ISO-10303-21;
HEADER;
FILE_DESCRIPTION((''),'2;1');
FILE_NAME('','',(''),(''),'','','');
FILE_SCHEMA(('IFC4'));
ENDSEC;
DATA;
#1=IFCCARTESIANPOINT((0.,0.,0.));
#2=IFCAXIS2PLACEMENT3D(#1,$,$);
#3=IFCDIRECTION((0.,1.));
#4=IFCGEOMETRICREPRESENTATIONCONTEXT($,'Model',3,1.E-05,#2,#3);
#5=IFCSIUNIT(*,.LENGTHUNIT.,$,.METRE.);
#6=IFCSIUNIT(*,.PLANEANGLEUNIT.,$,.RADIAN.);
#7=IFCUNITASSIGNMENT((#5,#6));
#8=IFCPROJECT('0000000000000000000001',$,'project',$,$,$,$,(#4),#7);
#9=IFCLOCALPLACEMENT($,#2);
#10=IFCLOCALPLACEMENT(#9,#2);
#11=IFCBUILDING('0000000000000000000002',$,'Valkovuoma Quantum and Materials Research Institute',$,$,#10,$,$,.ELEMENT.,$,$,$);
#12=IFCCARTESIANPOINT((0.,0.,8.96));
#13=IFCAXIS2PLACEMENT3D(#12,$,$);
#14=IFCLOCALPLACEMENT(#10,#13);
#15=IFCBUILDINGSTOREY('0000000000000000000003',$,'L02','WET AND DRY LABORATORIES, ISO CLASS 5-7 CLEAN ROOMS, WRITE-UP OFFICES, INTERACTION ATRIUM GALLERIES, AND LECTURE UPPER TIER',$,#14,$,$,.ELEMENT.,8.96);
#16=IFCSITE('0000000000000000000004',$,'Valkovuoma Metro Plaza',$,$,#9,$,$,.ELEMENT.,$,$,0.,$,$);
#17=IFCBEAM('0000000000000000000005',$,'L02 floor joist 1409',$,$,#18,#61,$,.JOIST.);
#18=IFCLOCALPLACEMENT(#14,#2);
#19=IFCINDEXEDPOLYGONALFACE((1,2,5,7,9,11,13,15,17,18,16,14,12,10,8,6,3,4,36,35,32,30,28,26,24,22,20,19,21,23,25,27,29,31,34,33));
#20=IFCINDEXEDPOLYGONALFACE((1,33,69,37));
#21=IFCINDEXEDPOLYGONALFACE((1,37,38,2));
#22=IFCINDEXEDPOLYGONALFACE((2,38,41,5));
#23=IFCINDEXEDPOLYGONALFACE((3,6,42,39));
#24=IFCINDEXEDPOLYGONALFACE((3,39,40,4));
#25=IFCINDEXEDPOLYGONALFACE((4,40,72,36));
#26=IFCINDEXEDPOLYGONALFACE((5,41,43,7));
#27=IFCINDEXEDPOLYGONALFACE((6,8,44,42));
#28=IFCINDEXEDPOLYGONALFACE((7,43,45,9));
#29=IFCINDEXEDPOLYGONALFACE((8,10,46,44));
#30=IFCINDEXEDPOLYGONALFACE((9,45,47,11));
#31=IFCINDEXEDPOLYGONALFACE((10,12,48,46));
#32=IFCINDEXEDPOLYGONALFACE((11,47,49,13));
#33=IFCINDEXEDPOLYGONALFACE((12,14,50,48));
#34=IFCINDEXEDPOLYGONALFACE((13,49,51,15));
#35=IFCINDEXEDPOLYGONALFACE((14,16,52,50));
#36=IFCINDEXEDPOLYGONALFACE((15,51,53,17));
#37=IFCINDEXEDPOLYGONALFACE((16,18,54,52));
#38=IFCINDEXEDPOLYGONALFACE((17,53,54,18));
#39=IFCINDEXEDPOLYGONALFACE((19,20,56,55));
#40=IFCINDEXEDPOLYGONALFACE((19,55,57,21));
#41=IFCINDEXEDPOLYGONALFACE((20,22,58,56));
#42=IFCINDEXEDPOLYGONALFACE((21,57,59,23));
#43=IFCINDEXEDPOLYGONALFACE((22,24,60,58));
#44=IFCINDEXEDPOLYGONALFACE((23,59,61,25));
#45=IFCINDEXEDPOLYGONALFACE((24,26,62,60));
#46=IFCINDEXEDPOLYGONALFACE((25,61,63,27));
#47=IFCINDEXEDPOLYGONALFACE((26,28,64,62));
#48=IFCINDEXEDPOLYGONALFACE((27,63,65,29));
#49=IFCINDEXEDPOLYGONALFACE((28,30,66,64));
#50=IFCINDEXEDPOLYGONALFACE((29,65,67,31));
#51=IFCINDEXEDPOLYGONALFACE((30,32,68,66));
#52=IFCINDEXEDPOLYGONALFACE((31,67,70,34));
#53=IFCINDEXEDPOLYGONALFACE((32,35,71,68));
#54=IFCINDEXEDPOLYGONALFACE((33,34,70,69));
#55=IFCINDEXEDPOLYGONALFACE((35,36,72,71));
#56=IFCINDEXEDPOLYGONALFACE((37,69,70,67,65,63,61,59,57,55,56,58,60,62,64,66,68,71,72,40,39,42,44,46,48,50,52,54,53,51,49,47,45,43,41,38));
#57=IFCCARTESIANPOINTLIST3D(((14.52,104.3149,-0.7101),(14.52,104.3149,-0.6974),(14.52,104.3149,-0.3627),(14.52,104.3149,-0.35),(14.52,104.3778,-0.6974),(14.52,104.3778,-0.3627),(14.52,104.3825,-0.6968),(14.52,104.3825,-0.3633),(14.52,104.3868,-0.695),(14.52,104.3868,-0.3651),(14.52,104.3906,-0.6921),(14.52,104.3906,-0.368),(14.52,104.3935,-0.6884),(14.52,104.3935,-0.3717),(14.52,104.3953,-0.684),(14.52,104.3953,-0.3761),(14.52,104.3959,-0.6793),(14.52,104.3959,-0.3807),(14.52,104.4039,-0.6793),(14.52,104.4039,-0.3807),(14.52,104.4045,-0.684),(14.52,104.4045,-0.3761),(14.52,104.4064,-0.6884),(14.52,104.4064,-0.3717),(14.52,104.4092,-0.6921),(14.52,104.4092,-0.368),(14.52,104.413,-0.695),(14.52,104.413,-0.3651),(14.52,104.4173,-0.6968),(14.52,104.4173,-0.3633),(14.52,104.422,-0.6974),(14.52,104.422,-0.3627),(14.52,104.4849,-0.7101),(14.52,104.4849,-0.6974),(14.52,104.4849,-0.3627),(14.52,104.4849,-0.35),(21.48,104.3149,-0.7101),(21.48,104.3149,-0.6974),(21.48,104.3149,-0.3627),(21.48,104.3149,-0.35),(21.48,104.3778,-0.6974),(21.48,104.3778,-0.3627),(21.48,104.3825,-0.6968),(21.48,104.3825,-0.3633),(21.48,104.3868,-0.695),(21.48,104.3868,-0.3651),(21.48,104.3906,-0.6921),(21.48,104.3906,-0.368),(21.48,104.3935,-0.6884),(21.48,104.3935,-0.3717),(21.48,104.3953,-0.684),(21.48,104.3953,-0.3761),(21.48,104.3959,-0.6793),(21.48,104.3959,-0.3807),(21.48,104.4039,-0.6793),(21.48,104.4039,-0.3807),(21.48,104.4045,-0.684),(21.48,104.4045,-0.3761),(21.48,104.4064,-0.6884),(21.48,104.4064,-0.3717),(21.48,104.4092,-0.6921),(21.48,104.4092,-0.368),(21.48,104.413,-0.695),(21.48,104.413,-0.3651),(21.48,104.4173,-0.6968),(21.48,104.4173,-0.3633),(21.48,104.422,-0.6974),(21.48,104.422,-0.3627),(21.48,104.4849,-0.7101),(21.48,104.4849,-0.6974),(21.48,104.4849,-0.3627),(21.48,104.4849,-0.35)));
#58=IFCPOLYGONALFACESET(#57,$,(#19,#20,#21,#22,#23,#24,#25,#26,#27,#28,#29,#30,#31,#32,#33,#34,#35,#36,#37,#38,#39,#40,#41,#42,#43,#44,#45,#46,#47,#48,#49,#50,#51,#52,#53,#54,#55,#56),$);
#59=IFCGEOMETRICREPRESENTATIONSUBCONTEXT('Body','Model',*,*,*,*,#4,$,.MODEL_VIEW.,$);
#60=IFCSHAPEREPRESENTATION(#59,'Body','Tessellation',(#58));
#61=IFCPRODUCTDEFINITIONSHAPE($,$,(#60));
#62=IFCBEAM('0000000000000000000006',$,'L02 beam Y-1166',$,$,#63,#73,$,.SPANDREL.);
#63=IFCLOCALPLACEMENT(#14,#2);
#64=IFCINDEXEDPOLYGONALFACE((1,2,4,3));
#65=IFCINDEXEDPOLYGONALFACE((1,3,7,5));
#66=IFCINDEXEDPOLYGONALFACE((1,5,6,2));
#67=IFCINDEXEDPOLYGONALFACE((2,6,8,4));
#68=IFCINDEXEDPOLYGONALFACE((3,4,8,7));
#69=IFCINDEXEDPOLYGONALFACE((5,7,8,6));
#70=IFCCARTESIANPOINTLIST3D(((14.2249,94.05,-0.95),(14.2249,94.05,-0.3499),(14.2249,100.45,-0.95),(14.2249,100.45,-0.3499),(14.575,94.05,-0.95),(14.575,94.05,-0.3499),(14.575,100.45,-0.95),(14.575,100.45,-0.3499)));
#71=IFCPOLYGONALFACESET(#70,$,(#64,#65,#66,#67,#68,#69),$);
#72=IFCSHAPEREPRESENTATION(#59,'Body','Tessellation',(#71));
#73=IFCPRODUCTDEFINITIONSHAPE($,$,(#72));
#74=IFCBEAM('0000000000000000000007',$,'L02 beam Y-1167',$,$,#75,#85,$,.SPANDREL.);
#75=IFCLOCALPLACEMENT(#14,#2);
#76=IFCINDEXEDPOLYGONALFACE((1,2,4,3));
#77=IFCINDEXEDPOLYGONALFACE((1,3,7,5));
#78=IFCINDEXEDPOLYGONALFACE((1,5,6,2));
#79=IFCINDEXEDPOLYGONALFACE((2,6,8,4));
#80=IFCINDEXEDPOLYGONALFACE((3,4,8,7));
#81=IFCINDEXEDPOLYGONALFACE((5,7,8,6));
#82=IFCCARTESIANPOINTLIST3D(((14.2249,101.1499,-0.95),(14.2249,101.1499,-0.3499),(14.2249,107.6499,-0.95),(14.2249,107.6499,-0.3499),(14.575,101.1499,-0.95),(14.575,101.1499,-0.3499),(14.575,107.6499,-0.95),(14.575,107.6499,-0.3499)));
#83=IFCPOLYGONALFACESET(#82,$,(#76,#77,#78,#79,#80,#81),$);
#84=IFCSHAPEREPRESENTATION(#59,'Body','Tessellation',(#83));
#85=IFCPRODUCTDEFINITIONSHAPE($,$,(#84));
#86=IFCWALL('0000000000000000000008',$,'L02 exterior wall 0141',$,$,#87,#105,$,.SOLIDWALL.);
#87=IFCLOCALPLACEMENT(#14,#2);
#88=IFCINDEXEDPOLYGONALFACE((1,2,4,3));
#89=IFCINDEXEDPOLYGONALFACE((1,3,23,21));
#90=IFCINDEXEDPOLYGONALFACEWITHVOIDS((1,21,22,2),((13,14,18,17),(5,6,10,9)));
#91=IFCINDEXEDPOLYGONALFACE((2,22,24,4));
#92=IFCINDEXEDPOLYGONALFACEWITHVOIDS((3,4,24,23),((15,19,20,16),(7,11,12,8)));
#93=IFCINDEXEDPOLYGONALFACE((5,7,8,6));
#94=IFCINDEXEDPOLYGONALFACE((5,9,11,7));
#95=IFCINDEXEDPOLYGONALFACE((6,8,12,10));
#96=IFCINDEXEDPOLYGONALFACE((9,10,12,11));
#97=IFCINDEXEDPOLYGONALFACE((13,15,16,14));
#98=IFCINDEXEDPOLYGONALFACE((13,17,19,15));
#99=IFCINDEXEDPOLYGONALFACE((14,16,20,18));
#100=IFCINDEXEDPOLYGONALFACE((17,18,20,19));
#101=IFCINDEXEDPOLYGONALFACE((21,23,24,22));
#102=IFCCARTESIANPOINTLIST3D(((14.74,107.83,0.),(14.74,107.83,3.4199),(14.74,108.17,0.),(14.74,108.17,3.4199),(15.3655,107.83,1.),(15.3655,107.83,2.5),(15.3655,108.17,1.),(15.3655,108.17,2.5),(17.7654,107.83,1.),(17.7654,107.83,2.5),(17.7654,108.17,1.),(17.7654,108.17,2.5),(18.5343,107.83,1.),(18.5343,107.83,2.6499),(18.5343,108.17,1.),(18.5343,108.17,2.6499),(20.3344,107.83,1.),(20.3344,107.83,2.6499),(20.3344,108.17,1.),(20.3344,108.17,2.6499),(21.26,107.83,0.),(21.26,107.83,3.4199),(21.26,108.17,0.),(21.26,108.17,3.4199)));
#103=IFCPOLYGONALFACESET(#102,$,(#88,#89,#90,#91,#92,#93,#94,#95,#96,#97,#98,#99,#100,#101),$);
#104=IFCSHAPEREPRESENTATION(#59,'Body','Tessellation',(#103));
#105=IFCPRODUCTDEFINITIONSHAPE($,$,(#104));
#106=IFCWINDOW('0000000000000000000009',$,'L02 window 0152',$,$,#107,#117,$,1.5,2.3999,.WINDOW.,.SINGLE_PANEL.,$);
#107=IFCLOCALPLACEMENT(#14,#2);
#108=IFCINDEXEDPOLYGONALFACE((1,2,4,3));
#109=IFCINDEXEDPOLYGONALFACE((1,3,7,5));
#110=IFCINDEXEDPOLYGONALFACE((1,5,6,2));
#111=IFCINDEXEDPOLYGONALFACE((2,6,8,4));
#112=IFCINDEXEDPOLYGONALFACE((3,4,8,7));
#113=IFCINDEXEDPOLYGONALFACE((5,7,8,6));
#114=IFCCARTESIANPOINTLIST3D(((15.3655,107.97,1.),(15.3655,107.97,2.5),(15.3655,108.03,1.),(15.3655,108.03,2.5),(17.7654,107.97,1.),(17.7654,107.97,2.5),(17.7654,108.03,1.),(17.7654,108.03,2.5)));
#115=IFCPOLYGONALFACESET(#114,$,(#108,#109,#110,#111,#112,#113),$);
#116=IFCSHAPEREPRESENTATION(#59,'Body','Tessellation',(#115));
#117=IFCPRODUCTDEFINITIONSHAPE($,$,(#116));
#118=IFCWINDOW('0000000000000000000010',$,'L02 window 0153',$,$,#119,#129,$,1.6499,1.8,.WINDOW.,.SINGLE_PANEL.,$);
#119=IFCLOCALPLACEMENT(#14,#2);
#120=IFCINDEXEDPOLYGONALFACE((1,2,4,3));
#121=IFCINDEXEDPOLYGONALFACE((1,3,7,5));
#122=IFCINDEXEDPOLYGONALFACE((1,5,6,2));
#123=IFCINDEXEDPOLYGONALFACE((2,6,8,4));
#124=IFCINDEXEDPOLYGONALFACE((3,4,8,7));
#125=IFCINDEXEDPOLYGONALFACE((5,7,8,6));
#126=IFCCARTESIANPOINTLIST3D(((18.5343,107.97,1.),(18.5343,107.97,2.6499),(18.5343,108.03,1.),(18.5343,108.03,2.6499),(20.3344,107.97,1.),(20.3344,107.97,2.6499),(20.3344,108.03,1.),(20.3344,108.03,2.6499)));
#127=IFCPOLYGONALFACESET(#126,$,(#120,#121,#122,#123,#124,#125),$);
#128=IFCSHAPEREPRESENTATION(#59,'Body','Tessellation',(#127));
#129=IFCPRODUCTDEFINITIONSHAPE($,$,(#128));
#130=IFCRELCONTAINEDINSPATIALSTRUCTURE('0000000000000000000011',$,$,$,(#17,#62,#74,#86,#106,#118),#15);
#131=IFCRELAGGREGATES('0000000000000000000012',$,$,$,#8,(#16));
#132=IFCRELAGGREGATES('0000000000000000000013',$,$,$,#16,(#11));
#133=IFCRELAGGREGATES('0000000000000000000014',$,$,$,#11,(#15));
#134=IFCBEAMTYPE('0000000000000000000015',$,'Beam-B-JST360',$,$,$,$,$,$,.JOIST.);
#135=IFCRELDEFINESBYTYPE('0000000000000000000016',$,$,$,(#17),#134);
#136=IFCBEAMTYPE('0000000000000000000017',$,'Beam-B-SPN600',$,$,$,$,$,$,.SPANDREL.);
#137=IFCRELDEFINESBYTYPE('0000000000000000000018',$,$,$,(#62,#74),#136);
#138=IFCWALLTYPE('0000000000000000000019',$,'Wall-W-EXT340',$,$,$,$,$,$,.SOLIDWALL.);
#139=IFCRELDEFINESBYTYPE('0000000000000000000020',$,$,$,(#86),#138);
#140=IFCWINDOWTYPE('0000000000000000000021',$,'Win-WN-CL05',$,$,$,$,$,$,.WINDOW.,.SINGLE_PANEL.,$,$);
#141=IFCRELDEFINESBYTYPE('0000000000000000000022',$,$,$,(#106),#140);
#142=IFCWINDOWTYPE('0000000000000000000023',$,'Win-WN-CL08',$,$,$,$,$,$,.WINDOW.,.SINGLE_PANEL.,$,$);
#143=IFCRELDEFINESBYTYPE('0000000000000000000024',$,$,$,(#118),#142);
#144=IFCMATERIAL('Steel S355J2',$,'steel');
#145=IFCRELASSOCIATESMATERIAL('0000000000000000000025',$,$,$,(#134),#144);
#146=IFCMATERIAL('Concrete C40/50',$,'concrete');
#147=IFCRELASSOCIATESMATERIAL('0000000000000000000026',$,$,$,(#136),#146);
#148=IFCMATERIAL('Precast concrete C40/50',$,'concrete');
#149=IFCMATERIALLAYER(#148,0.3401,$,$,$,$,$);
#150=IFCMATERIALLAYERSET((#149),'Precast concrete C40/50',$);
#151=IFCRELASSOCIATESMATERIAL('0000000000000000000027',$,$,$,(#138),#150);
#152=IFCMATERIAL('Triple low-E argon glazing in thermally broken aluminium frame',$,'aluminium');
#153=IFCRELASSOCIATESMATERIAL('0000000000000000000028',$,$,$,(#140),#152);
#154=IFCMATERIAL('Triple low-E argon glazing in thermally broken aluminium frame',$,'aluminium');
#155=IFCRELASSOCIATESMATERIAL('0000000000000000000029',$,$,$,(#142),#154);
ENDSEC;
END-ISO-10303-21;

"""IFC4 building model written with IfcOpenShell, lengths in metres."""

from ifc_helpers import new_model, si_unit, direction, frame, frame_2d, origin, origin_2d, place, context, subcontext, project, spatial, rectangle, i_section, extrude, material, layer, layer_set, material_profile, profile_set, type_object, element, fill, save


model = new_model("IFC4")

# Units and contexts
model_context = context("Model", 3, precision=1e-05, world=origin(), true_north=direction((0.0, 1.0)))
body_context = subcontext(model_context, "Body", "Model", "MODEL_VIEW")
ifc_project = project(units=[si_unit("LENGTHUNIT", "METRE"), si_unit("PLANEANGLEUNIT", "RADIAN")], contexts=[model_context])

# Site, building, storey
site_placement = place(None, origin())
site = spatial("IfcSite", under=ifc_project, at=site_placement, Name="Valkovuoma Metro Plaza", CompositionType="ELEMENT", RefElevation=0.0)
building_placement = place(site_placement, origin())
building = spatial("IfcBuilding", under=site, at=building_placement, Name="Valkovuoma Quantum and Materials Research Institute", CompositionType="ELEMENT")
storey_placement = place(building_placement, frame((0.0, 0.0, 8.96)))
storey = spatial("IfcBuildingStorey", under=building, at=storey_placement, Name="L02", Description="WET AND DRY LABORATORIES, ISO CLASS 5-7 CLEAN ROOMS, WRITE-UP OFFICES, INTERACTION ATRIUM GALLERIES, AND LECTURE UPPER TIER", CompositionType="ELEMENT", Elevation=8.96)

# Beams
ifc_material_1 = material(Name="Steel S355J2", Category="steel")
ifc_material_profile_1 = material_profile(ifc_material_1, i_section(OverallWidth=0.1699, OverallDepth=0.3601, WebThickness=0.0081, FlangeThickness=0.0127, FilletRadius=0.0181, at=origin_2d()), Name="Steel S355J2")
ifc_profile_set_1 = profile_set([ifc_material_profile_1], Name="Steel S355J2")
beam_type_1 = type_object("IfcBeamType", Name="Beam-B-JST360", PredefinedType="JOIST", material=ifc_profile_set_1)
for number, where, z_axis, x_axis, name in (
    (1, (14.52, 104.3999, -0.53), (1.0, 0.0, 0.0), (0.0, 1.0, 0.0), "L02 floor joist 1409"),
):
    element("IfcBeam", number, at=place(storey_placement, frame(where, z_axis=z_axis, x_axis=x_axis)), inside=storey, type_object=beam_type_1, Name=name, PredefinedType="JOIST", context=body_context, shape_type="SweptSolid", body=[
        extrude(i_section(OverallWidth=0.1699, OverallDepth=0.3601, WebThickness=0.0081, FlangeThickness=0.0127, FilletRadius=0.0181, at=origin_2d()), origin(), (0.0, 0.0, 1.0), 6.96),
    ])
ifc_material_2 = material(Name="Concrete C40/50", Category="concrete")
ifc_material_profile_2 = material_profile(ifc_material_2, rectangle(XDim=0.3501, YDim=0.6001, at=origin_2d()), Name="Concrete C40/50")
ifc_profile_set_2 = profile_set([ifc_material_profile_2], Name="Concrete C40/50")
beam_type_2 = type_object("IfcBeamType", Name="Beam-B-SPN600", PredefinedType="SPANDREL", material=ifc_profile_set_2)
beam_1_placement = place(storey_placement, frame((14.3999, 94.05, -0.6499), z_axis=(0.0, 1.0, 0.0), x_axis=(-1.0, 0.0, 0.0)))
element("IfcBeam", 2, at=beam_1_placement, inside=storey, type_object=beam_type_2, Name="L02 beam Y-1166", PredefinedType="SPANDREL", context=body_context, shape_type="SweptSolid", body=[
    extrude(rectangle(XDim=0.3501, YDim=0.6001, at=origin_2d()), origin(), (0.0, 0.0, 1.0), 6.3999),
])
beam_2_placement = place(storey_placement, frame((14.3999, 101.1499, -0.6499), z_axis=(0.0, 1.0, 0.0), x_axis=(-1.0, 0.0, 0.0)))
element("IfcBeam", 3, at=beam_2_placement, inside=storey, type_object=beam_type_2, Name="L02 beam Y-1167", PredefinedType="SPANDREL", context=body_context, shape_type="SweptSolid", body=[
    extrude(rectangle(XDim=0.3501, YDim=0.6001, at=origin_2d()), origin(), (0.0, 0.0, 1.0), 6.5),
])

# Wall, openings, windows
ifc_material_3 = material(Name="Precast concrete C40/50", Category="concrete")
ifc_layer_1 = layer(ifc_material_3, 0.3401)
ifc_layer_set_1 = layer_set([ifc_layer_1], Name="Precast concrete C40/50")
wall_type_1 = type_object("IfcWallType", Name="Wall-W-EXT340", PredefinedType="SOLIDWALL", material=ifc_layer_set_1)
wall_1_placement = place(storey_placement, frame((14.74, 108.0, 0.0), z_axis=(0.0, 0.0, 1.0), x_axis=(1.0, 0.0, 0.0)))
wall_1 = element("IfcWall", 4, at=wall_1_placement, inside=storey, type_object=wall_type_1, Name="L02 exterior wall 0141", PredefinedType="SOLIDWALL", context=body_context, shape_type="SweptSolid", body=[
    extrude(rectangle(XDim=6.52, YDim=0.3401, at=frame_2d((3.26, 0.0))), origin(), (0.0, 0.0, 1.0), 3.4199),
])
opening_1_placement = place(wall_1_placement, frame((0.6255, 0.0, 1.0)))
opening_1 = element("IfcOpeningElement", 5, at=opening_1_placement, cuts=wall_1, PredefinedType="OPENING", context=body_context, shape_type="SweptSolid", body=[
    extrude(rectangle(XDim=2.3999, YDim=1.5, at=frame_2d((1.2, 0.75))), frame((0.0, 0.1802, 0.0), z_axis=(0.0, -1.0, 0.0), x_axis=(1.0, 0.0, 0.0)), (0.0, 0.0, 1.0), 0.3601),
])
opening_2_placement = place(wall_1_placement, frame((3.7944, 0.0, 1.0)))
opening_2 = element("IfcOpeningElement", 6, at=opening_2_placement, cuts=wall_1, PredefinedType="OPENING", context=body_context, shape_type="SweptSolid", body=[
    extrude(rectangle(XDim=1.8, YDim=1.6499, at=frame_2d((0.8999, 0.825))), frame((0.0, 0.1802, 0.0), z_axis=(0.0, -1.0, 0.0), x_axis=(1.0, 0.0, 0.0)), (0.0, 0.0, 1.0), 0.3601),
])
ifc_material_4 = material(Name="Triple low-E argon glazing in thermally broken aluminium frame", Category="aluminium")
window_type_1 = type_object("IfcWindowType", Name="Win-WN-CL05", PartitioningType="SINGLE_PANEL", PredefinedType="WINDOW", material=ifc_material_4)
window_1_placement = place(opening_1_placement, origin())
window_1 = element("IfcWindow", 7, at=window_1_placement, inside=storey, type_object=window_type_1, Name="L02 window 0152", OverallHeight=1.5, OverallWidth=2.3999, PartitioningType="SINGLE_PANEL", PredefinedType="WINDOW", context=body_context, shape_type="SweptSolid", body=[
    extrude(rectangle(XDim=2.3999, YDim=1.5, at=frame_2d((1.2, 0.75))), frame((0.0, 0.03, 0.0), z_axis=(0.0, -1.0, 0.0), x_axis=(1.0, 0.0, 0.0)), (0.0, 0.0, 1.0), 0.0601),
])
fill(opening_1, window_1)
ifc_material_5 = material(Name="Triple low-E argon glazing in thermally broken aluminium frame", Category="aluminium")
window_type_2 = type_object("IfcWindowType", Name="Win-WN-CL08", PartitioningType="SINGLE_PANEL", PredefinedType="WINDOW", material=ifc_material_5)
window_2_placement = place(opening_2_placement, origin())
window_2 = element("IfcWindow", 8, at=window_2_placement, inside=storey, type_object=window_type_2, Name="L02 window 0153", OverallHeight=1.6499, OverallWidth=1.8, PartitioningType="SINGLE_PANEL", PredefinedType="WINDOW", context=body_context, shape_type="SweptSolid", body=[
    extrude(rectangle(XDim=1.8, YDim=1.6499, at=frame_2d((0.8999, 0.825))), frame((0.0, 0.03, 0.0), z_axis=(0.0, -1.0, 0.0), x_axis=(1.0, 0.0, 0.0)), (0.0, 0.0, 1.0), 0.0601),
])
fill(opening_2, window_2)

save(model, "model.ifc")
